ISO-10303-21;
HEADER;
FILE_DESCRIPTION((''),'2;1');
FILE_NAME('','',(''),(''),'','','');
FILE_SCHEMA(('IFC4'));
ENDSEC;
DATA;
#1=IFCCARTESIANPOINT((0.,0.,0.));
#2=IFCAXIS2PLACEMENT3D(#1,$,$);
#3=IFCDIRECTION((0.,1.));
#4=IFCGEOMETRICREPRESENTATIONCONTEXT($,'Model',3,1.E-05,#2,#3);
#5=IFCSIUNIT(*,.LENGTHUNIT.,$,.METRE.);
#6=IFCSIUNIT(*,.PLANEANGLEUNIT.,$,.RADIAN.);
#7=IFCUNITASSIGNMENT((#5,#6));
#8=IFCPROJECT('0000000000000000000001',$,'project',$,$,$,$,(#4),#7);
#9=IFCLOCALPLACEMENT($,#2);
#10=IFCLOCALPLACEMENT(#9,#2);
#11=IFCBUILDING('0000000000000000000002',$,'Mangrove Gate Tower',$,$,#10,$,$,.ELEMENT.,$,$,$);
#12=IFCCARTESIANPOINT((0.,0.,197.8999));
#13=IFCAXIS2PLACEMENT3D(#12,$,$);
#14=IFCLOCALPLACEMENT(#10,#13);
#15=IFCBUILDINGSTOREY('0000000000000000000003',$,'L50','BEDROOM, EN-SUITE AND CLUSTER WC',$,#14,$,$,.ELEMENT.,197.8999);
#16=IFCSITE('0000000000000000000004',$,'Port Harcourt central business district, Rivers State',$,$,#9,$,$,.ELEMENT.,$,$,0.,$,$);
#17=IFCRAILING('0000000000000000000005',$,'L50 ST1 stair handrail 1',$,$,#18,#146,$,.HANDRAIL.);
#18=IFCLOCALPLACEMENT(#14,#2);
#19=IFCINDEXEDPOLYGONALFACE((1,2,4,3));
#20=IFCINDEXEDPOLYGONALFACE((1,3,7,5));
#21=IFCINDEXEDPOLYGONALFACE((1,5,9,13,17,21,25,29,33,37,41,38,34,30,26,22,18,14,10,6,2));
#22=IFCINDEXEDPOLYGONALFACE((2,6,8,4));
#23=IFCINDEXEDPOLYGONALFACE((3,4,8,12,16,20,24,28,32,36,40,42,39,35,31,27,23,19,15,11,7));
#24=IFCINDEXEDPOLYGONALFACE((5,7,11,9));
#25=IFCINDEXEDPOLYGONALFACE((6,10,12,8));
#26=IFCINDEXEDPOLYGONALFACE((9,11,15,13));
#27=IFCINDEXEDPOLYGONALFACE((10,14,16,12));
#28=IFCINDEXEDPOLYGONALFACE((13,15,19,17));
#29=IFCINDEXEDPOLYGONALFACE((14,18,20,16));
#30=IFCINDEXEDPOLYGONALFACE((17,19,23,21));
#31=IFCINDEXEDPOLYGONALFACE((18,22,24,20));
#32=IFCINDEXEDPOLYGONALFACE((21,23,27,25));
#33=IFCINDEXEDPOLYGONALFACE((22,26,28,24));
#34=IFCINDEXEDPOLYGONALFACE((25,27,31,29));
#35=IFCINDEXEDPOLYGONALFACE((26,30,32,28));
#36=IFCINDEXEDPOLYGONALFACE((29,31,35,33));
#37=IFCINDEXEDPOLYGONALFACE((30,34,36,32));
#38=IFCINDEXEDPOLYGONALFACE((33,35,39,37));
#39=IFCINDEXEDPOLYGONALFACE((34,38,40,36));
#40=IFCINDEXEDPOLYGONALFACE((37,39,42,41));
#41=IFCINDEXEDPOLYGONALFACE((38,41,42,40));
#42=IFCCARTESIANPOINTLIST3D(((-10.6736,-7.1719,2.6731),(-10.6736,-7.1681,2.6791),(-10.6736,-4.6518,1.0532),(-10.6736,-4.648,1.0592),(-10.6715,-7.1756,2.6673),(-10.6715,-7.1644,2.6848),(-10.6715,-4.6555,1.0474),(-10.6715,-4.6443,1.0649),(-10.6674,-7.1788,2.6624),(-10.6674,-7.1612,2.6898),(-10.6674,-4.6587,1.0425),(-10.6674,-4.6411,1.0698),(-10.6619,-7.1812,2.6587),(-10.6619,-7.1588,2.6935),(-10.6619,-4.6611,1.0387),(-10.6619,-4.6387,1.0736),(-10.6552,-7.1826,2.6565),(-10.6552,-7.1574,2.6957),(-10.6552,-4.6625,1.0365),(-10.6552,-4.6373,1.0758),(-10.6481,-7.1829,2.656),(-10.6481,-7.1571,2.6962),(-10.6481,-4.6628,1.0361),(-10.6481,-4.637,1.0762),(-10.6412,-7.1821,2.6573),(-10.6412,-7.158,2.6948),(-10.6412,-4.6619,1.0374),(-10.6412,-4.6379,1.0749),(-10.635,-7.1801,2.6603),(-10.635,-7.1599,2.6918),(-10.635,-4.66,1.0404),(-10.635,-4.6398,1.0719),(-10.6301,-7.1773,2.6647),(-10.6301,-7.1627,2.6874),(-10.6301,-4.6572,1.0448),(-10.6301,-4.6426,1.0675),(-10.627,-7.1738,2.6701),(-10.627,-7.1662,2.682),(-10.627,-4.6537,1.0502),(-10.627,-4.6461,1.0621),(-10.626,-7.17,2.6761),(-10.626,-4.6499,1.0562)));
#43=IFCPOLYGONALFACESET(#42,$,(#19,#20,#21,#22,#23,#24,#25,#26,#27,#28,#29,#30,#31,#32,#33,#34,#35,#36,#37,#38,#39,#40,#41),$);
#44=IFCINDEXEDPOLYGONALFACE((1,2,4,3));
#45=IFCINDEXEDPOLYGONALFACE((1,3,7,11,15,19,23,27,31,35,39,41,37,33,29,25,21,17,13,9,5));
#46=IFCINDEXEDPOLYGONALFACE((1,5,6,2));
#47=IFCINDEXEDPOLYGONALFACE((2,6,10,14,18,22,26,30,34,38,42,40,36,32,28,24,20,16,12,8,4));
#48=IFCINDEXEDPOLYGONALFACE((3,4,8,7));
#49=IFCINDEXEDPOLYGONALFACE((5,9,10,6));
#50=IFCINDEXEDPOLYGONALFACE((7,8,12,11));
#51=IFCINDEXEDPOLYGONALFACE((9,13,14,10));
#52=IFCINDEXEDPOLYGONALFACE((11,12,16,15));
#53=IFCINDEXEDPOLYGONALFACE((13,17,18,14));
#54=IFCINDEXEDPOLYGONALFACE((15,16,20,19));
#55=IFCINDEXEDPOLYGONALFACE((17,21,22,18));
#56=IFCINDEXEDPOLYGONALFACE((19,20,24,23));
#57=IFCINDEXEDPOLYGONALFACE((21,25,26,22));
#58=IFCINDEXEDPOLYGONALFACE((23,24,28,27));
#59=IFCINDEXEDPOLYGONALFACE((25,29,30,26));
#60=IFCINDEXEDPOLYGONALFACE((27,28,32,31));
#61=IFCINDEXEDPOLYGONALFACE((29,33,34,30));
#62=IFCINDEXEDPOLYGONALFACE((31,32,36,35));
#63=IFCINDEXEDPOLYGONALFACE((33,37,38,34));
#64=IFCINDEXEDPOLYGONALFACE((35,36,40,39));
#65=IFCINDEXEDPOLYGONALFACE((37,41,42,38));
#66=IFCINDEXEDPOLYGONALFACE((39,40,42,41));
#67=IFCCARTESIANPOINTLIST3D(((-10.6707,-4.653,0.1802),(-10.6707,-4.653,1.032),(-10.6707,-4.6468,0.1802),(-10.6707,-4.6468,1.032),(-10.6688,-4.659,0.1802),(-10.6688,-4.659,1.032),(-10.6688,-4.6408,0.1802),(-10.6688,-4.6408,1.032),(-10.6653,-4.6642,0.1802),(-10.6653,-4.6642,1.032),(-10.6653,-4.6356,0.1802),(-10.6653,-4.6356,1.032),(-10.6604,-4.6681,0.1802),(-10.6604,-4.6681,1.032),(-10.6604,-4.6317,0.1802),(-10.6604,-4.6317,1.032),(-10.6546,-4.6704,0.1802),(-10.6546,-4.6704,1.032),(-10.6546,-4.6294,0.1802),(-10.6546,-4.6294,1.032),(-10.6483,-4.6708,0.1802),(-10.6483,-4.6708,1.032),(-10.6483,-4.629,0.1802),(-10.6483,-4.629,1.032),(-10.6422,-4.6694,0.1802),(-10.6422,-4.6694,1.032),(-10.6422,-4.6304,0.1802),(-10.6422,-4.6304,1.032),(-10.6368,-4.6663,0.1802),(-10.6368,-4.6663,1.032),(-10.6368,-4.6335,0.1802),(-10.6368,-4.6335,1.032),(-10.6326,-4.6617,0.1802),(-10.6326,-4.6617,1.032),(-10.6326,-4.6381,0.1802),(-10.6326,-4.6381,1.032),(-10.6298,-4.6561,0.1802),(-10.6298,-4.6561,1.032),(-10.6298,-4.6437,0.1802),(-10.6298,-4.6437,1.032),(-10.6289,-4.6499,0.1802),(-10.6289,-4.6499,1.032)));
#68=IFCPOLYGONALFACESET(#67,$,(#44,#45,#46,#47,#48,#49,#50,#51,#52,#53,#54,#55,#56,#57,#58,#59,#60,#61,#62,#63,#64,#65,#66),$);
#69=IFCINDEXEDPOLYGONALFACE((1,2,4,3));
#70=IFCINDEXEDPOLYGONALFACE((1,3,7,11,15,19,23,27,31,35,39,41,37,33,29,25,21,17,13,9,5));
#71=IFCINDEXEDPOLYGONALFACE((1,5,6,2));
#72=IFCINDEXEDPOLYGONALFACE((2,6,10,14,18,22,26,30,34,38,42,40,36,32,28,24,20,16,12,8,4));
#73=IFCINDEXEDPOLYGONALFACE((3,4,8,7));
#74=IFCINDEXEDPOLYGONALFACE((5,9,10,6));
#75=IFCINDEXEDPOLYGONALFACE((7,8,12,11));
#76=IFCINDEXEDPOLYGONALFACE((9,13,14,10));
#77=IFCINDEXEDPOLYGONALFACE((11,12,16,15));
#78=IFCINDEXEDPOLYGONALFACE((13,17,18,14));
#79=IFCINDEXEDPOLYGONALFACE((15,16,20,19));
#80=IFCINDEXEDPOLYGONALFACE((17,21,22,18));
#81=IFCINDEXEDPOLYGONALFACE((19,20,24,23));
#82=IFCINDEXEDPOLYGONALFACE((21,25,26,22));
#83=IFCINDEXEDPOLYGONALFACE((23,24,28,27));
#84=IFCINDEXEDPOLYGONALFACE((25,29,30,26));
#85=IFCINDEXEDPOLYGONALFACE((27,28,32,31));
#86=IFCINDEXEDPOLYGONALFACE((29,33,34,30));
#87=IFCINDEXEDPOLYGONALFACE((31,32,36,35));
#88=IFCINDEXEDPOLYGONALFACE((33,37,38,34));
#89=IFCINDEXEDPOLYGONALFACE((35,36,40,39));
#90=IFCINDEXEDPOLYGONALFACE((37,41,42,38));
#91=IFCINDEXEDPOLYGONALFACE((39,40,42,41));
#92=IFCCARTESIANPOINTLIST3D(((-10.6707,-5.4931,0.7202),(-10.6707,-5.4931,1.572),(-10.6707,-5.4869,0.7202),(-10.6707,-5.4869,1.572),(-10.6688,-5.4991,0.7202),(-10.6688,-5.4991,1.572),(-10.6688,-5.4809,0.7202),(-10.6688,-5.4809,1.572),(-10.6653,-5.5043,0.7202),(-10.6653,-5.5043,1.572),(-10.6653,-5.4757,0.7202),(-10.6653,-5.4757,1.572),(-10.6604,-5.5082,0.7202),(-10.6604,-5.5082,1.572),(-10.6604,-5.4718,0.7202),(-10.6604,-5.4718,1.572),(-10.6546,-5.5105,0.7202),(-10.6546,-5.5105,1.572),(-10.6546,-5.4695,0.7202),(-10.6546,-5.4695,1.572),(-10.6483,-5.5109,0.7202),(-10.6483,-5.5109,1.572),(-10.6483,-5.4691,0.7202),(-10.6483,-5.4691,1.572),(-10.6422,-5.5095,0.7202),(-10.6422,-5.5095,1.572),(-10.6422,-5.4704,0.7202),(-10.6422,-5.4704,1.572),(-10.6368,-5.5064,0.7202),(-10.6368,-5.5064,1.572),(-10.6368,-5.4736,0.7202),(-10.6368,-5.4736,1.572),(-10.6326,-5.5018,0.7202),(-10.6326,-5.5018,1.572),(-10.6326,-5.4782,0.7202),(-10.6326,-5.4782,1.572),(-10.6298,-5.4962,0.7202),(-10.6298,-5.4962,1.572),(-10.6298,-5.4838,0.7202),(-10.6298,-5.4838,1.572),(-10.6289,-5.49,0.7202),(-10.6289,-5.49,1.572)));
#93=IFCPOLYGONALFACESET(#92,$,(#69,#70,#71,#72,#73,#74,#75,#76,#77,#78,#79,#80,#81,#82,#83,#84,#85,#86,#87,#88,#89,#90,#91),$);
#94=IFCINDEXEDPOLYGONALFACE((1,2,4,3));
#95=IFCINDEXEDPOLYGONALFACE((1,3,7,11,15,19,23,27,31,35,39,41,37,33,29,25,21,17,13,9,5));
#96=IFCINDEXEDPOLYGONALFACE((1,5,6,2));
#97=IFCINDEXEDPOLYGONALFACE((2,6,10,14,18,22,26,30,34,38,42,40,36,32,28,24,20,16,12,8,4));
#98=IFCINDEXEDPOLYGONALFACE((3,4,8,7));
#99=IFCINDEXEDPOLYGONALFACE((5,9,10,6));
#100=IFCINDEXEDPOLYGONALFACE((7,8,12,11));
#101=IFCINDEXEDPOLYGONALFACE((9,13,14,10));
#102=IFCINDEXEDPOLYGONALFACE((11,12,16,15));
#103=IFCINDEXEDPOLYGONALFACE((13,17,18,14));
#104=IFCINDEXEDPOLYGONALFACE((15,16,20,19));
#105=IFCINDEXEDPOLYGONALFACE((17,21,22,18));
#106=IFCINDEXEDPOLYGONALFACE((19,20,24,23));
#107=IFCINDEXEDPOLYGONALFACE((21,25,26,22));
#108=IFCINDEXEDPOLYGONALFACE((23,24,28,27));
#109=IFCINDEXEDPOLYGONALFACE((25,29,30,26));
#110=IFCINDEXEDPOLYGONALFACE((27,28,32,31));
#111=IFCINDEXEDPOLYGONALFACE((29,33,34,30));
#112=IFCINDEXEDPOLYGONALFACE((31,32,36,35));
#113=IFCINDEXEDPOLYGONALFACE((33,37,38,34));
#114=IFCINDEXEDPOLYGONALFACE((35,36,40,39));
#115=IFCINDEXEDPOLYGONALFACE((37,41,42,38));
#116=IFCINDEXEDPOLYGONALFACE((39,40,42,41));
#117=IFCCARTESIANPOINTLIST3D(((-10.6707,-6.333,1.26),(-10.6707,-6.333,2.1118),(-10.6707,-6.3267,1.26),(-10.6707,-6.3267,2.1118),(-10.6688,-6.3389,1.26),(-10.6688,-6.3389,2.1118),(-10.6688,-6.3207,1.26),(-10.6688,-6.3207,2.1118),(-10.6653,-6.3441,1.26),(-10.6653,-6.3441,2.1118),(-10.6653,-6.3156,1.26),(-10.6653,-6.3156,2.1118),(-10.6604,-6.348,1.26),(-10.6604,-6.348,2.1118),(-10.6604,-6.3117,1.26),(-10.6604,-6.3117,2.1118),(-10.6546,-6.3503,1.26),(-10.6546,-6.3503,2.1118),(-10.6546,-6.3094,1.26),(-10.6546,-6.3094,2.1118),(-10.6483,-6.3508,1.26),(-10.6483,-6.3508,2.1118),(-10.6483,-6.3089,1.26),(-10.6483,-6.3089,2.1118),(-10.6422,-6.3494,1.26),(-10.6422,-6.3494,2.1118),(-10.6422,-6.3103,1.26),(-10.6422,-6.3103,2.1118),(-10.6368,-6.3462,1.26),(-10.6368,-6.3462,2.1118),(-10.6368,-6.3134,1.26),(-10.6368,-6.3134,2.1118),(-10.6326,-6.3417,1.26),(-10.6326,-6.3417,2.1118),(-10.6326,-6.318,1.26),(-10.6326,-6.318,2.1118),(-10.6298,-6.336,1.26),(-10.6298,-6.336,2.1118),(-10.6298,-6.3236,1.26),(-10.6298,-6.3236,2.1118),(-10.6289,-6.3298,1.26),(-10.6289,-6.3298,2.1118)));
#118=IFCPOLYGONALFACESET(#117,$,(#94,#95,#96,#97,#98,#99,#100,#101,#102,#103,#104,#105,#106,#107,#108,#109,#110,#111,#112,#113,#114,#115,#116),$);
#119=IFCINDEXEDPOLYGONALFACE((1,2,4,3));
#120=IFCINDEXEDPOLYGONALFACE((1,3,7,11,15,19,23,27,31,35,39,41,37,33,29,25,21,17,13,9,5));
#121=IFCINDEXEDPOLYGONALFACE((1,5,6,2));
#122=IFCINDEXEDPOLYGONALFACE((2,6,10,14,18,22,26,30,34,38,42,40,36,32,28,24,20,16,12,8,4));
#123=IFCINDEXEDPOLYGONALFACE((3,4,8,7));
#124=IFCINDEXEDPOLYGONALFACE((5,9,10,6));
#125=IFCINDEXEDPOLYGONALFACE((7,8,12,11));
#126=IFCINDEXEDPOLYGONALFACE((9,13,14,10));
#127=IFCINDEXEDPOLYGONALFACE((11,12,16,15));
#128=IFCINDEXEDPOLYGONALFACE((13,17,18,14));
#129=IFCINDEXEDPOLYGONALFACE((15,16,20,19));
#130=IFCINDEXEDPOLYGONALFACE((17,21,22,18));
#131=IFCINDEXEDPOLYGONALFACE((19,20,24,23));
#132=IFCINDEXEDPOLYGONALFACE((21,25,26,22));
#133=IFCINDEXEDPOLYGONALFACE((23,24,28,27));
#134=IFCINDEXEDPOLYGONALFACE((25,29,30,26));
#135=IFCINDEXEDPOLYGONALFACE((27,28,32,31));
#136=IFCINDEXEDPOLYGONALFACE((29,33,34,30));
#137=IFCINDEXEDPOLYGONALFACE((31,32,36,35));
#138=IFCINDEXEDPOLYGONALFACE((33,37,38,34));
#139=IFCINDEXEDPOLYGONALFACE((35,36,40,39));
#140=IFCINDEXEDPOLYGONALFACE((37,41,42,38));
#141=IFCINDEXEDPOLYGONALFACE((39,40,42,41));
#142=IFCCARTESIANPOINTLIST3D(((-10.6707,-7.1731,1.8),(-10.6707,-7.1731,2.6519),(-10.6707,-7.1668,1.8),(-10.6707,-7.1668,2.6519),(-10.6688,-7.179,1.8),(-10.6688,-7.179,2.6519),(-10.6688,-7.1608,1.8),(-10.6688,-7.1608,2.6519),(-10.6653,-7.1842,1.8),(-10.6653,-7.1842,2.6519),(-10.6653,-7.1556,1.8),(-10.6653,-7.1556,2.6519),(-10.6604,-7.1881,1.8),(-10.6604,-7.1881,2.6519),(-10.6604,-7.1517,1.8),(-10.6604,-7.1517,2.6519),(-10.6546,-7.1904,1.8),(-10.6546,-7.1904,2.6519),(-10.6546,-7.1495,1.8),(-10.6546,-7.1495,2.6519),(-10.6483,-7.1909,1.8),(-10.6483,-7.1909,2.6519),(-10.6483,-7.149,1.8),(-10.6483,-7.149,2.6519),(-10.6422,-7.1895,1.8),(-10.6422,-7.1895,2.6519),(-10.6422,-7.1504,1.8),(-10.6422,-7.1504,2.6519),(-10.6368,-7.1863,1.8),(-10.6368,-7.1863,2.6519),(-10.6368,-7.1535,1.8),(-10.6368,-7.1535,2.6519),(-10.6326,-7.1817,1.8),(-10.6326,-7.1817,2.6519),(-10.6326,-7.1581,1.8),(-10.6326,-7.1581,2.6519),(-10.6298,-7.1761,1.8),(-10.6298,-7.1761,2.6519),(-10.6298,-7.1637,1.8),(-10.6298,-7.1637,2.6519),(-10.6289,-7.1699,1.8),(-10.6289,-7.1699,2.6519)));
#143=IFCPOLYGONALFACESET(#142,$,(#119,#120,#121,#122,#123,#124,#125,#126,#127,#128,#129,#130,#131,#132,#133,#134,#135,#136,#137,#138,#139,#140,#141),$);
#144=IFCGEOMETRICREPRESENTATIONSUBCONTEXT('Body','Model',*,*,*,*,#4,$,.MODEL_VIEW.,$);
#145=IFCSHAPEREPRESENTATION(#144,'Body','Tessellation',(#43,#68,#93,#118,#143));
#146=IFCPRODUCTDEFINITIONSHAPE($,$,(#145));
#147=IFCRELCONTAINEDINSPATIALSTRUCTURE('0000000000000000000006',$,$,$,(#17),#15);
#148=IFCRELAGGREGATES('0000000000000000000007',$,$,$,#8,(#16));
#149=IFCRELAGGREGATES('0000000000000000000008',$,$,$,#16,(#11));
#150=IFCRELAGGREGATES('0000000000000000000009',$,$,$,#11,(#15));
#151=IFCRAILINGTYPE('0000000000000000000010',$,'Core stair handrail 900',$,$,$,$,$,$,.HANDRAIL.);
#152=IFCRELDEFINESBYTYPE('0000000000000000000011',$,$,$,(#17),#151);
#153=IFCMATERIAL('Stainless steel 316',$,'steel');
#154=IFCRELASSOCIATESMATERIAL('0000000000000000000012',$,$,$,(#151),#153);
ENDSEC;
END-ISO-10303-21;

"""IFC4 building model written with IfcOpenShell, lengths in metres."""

from ifc_helpers import new_model, si_unit, direction, frame, origin, origin_2d, place, context, subcontext, project, spatial, circle, extrude, material, type_object, element, save


model = new_model("IFC4")

# Units and contexts
model_context = context("Model", 3, precision=1e-05, world=origin(), true_north=direction((0.0, 1.0)))
body_context = subcontext(model_context, "Body", "Model", "MODEL_VIEW")
ifc_project = project(units=[si_unit("LENGTHUNIT", "METRE"), si_unit("PLANEANGLEUNIT", "RADIAN")], contexts=[model_context])

# Site, building, storey
site_placement = place(None, origin())
site = spatial("IfcSite", under=ifc_project, at=site_placement, Name="Port Harcourt central business district, Rivers State", CompositionType="ELEMENT", RefElevation=0.0)
building_placement = place(site_placement, origin())
building = spatial("IfcBuilding", under=site, at=building_placement, Name="Mangrove Gate Tower", CompositionType="ELEMENT")
storey_placement = place(building_placement, frame((0.0, 0.0, 197.8999)))
storey = spatial("IfcBuildingStorey", under=building, at=storey_placement, Name="L50", Description="BEDROOM, EN-SUITE AND CLUSTER WC", CompositionType="ELEMENT", Elevation=197.8999)

# Railing
ifc_material_1 = material(Name="Stainless steel 316", Category="steel")
railing_type_1 = type_object("IfcRailingType", Name="Core stair handrail 900", PredefinedType="HANDRAIL", material=ifc_material_1)
railing_1_placement = place(storey_placement, frame((-10.6499, -4.6499, 0.1802)))
element("IfcRailing", 1, at=railing_1_placement, inside=storey, type_object=railing_type_1, Name="L50 ST1 stair handrail 1", PredefinedType="HANDRAIL", context=body_context, shape_type="SweptSolid", body=[
    extrude(circle(Radius=0.0239, at=origin_2d()), frame((0.0, 0.0, 0.876), z_axis=(0.0, -0.8412, 0.540725), x_axis=(1.0, 0.0, 0.0)), (0.0, 0.0, 1.0), 2.9958),
    extrude(circle(Radius=0.021, at=origin_2d()), origin(), (0.0, 0.0, 1.0), 0.8518),
    extrude(circle(Radius=0.021, at=origin_2d()), frame((0.0, -0.8401, 0.54)), (0.0, 0.0, 1.0), 0.8518),
    extrude(circle(Radius=0.021, at=origin_2d()), frame((0.0, -1.6799, 1.0798)), (0.0, 0.0, 1.0), 0.8518),
    extrude(circle(Radius=0.021, at=origin_2d()), frame((0.0, -2.52, 1.6199)), (0.0, 0.0, 1.0), 0.8518),
])

save(model, "model.ifc")
